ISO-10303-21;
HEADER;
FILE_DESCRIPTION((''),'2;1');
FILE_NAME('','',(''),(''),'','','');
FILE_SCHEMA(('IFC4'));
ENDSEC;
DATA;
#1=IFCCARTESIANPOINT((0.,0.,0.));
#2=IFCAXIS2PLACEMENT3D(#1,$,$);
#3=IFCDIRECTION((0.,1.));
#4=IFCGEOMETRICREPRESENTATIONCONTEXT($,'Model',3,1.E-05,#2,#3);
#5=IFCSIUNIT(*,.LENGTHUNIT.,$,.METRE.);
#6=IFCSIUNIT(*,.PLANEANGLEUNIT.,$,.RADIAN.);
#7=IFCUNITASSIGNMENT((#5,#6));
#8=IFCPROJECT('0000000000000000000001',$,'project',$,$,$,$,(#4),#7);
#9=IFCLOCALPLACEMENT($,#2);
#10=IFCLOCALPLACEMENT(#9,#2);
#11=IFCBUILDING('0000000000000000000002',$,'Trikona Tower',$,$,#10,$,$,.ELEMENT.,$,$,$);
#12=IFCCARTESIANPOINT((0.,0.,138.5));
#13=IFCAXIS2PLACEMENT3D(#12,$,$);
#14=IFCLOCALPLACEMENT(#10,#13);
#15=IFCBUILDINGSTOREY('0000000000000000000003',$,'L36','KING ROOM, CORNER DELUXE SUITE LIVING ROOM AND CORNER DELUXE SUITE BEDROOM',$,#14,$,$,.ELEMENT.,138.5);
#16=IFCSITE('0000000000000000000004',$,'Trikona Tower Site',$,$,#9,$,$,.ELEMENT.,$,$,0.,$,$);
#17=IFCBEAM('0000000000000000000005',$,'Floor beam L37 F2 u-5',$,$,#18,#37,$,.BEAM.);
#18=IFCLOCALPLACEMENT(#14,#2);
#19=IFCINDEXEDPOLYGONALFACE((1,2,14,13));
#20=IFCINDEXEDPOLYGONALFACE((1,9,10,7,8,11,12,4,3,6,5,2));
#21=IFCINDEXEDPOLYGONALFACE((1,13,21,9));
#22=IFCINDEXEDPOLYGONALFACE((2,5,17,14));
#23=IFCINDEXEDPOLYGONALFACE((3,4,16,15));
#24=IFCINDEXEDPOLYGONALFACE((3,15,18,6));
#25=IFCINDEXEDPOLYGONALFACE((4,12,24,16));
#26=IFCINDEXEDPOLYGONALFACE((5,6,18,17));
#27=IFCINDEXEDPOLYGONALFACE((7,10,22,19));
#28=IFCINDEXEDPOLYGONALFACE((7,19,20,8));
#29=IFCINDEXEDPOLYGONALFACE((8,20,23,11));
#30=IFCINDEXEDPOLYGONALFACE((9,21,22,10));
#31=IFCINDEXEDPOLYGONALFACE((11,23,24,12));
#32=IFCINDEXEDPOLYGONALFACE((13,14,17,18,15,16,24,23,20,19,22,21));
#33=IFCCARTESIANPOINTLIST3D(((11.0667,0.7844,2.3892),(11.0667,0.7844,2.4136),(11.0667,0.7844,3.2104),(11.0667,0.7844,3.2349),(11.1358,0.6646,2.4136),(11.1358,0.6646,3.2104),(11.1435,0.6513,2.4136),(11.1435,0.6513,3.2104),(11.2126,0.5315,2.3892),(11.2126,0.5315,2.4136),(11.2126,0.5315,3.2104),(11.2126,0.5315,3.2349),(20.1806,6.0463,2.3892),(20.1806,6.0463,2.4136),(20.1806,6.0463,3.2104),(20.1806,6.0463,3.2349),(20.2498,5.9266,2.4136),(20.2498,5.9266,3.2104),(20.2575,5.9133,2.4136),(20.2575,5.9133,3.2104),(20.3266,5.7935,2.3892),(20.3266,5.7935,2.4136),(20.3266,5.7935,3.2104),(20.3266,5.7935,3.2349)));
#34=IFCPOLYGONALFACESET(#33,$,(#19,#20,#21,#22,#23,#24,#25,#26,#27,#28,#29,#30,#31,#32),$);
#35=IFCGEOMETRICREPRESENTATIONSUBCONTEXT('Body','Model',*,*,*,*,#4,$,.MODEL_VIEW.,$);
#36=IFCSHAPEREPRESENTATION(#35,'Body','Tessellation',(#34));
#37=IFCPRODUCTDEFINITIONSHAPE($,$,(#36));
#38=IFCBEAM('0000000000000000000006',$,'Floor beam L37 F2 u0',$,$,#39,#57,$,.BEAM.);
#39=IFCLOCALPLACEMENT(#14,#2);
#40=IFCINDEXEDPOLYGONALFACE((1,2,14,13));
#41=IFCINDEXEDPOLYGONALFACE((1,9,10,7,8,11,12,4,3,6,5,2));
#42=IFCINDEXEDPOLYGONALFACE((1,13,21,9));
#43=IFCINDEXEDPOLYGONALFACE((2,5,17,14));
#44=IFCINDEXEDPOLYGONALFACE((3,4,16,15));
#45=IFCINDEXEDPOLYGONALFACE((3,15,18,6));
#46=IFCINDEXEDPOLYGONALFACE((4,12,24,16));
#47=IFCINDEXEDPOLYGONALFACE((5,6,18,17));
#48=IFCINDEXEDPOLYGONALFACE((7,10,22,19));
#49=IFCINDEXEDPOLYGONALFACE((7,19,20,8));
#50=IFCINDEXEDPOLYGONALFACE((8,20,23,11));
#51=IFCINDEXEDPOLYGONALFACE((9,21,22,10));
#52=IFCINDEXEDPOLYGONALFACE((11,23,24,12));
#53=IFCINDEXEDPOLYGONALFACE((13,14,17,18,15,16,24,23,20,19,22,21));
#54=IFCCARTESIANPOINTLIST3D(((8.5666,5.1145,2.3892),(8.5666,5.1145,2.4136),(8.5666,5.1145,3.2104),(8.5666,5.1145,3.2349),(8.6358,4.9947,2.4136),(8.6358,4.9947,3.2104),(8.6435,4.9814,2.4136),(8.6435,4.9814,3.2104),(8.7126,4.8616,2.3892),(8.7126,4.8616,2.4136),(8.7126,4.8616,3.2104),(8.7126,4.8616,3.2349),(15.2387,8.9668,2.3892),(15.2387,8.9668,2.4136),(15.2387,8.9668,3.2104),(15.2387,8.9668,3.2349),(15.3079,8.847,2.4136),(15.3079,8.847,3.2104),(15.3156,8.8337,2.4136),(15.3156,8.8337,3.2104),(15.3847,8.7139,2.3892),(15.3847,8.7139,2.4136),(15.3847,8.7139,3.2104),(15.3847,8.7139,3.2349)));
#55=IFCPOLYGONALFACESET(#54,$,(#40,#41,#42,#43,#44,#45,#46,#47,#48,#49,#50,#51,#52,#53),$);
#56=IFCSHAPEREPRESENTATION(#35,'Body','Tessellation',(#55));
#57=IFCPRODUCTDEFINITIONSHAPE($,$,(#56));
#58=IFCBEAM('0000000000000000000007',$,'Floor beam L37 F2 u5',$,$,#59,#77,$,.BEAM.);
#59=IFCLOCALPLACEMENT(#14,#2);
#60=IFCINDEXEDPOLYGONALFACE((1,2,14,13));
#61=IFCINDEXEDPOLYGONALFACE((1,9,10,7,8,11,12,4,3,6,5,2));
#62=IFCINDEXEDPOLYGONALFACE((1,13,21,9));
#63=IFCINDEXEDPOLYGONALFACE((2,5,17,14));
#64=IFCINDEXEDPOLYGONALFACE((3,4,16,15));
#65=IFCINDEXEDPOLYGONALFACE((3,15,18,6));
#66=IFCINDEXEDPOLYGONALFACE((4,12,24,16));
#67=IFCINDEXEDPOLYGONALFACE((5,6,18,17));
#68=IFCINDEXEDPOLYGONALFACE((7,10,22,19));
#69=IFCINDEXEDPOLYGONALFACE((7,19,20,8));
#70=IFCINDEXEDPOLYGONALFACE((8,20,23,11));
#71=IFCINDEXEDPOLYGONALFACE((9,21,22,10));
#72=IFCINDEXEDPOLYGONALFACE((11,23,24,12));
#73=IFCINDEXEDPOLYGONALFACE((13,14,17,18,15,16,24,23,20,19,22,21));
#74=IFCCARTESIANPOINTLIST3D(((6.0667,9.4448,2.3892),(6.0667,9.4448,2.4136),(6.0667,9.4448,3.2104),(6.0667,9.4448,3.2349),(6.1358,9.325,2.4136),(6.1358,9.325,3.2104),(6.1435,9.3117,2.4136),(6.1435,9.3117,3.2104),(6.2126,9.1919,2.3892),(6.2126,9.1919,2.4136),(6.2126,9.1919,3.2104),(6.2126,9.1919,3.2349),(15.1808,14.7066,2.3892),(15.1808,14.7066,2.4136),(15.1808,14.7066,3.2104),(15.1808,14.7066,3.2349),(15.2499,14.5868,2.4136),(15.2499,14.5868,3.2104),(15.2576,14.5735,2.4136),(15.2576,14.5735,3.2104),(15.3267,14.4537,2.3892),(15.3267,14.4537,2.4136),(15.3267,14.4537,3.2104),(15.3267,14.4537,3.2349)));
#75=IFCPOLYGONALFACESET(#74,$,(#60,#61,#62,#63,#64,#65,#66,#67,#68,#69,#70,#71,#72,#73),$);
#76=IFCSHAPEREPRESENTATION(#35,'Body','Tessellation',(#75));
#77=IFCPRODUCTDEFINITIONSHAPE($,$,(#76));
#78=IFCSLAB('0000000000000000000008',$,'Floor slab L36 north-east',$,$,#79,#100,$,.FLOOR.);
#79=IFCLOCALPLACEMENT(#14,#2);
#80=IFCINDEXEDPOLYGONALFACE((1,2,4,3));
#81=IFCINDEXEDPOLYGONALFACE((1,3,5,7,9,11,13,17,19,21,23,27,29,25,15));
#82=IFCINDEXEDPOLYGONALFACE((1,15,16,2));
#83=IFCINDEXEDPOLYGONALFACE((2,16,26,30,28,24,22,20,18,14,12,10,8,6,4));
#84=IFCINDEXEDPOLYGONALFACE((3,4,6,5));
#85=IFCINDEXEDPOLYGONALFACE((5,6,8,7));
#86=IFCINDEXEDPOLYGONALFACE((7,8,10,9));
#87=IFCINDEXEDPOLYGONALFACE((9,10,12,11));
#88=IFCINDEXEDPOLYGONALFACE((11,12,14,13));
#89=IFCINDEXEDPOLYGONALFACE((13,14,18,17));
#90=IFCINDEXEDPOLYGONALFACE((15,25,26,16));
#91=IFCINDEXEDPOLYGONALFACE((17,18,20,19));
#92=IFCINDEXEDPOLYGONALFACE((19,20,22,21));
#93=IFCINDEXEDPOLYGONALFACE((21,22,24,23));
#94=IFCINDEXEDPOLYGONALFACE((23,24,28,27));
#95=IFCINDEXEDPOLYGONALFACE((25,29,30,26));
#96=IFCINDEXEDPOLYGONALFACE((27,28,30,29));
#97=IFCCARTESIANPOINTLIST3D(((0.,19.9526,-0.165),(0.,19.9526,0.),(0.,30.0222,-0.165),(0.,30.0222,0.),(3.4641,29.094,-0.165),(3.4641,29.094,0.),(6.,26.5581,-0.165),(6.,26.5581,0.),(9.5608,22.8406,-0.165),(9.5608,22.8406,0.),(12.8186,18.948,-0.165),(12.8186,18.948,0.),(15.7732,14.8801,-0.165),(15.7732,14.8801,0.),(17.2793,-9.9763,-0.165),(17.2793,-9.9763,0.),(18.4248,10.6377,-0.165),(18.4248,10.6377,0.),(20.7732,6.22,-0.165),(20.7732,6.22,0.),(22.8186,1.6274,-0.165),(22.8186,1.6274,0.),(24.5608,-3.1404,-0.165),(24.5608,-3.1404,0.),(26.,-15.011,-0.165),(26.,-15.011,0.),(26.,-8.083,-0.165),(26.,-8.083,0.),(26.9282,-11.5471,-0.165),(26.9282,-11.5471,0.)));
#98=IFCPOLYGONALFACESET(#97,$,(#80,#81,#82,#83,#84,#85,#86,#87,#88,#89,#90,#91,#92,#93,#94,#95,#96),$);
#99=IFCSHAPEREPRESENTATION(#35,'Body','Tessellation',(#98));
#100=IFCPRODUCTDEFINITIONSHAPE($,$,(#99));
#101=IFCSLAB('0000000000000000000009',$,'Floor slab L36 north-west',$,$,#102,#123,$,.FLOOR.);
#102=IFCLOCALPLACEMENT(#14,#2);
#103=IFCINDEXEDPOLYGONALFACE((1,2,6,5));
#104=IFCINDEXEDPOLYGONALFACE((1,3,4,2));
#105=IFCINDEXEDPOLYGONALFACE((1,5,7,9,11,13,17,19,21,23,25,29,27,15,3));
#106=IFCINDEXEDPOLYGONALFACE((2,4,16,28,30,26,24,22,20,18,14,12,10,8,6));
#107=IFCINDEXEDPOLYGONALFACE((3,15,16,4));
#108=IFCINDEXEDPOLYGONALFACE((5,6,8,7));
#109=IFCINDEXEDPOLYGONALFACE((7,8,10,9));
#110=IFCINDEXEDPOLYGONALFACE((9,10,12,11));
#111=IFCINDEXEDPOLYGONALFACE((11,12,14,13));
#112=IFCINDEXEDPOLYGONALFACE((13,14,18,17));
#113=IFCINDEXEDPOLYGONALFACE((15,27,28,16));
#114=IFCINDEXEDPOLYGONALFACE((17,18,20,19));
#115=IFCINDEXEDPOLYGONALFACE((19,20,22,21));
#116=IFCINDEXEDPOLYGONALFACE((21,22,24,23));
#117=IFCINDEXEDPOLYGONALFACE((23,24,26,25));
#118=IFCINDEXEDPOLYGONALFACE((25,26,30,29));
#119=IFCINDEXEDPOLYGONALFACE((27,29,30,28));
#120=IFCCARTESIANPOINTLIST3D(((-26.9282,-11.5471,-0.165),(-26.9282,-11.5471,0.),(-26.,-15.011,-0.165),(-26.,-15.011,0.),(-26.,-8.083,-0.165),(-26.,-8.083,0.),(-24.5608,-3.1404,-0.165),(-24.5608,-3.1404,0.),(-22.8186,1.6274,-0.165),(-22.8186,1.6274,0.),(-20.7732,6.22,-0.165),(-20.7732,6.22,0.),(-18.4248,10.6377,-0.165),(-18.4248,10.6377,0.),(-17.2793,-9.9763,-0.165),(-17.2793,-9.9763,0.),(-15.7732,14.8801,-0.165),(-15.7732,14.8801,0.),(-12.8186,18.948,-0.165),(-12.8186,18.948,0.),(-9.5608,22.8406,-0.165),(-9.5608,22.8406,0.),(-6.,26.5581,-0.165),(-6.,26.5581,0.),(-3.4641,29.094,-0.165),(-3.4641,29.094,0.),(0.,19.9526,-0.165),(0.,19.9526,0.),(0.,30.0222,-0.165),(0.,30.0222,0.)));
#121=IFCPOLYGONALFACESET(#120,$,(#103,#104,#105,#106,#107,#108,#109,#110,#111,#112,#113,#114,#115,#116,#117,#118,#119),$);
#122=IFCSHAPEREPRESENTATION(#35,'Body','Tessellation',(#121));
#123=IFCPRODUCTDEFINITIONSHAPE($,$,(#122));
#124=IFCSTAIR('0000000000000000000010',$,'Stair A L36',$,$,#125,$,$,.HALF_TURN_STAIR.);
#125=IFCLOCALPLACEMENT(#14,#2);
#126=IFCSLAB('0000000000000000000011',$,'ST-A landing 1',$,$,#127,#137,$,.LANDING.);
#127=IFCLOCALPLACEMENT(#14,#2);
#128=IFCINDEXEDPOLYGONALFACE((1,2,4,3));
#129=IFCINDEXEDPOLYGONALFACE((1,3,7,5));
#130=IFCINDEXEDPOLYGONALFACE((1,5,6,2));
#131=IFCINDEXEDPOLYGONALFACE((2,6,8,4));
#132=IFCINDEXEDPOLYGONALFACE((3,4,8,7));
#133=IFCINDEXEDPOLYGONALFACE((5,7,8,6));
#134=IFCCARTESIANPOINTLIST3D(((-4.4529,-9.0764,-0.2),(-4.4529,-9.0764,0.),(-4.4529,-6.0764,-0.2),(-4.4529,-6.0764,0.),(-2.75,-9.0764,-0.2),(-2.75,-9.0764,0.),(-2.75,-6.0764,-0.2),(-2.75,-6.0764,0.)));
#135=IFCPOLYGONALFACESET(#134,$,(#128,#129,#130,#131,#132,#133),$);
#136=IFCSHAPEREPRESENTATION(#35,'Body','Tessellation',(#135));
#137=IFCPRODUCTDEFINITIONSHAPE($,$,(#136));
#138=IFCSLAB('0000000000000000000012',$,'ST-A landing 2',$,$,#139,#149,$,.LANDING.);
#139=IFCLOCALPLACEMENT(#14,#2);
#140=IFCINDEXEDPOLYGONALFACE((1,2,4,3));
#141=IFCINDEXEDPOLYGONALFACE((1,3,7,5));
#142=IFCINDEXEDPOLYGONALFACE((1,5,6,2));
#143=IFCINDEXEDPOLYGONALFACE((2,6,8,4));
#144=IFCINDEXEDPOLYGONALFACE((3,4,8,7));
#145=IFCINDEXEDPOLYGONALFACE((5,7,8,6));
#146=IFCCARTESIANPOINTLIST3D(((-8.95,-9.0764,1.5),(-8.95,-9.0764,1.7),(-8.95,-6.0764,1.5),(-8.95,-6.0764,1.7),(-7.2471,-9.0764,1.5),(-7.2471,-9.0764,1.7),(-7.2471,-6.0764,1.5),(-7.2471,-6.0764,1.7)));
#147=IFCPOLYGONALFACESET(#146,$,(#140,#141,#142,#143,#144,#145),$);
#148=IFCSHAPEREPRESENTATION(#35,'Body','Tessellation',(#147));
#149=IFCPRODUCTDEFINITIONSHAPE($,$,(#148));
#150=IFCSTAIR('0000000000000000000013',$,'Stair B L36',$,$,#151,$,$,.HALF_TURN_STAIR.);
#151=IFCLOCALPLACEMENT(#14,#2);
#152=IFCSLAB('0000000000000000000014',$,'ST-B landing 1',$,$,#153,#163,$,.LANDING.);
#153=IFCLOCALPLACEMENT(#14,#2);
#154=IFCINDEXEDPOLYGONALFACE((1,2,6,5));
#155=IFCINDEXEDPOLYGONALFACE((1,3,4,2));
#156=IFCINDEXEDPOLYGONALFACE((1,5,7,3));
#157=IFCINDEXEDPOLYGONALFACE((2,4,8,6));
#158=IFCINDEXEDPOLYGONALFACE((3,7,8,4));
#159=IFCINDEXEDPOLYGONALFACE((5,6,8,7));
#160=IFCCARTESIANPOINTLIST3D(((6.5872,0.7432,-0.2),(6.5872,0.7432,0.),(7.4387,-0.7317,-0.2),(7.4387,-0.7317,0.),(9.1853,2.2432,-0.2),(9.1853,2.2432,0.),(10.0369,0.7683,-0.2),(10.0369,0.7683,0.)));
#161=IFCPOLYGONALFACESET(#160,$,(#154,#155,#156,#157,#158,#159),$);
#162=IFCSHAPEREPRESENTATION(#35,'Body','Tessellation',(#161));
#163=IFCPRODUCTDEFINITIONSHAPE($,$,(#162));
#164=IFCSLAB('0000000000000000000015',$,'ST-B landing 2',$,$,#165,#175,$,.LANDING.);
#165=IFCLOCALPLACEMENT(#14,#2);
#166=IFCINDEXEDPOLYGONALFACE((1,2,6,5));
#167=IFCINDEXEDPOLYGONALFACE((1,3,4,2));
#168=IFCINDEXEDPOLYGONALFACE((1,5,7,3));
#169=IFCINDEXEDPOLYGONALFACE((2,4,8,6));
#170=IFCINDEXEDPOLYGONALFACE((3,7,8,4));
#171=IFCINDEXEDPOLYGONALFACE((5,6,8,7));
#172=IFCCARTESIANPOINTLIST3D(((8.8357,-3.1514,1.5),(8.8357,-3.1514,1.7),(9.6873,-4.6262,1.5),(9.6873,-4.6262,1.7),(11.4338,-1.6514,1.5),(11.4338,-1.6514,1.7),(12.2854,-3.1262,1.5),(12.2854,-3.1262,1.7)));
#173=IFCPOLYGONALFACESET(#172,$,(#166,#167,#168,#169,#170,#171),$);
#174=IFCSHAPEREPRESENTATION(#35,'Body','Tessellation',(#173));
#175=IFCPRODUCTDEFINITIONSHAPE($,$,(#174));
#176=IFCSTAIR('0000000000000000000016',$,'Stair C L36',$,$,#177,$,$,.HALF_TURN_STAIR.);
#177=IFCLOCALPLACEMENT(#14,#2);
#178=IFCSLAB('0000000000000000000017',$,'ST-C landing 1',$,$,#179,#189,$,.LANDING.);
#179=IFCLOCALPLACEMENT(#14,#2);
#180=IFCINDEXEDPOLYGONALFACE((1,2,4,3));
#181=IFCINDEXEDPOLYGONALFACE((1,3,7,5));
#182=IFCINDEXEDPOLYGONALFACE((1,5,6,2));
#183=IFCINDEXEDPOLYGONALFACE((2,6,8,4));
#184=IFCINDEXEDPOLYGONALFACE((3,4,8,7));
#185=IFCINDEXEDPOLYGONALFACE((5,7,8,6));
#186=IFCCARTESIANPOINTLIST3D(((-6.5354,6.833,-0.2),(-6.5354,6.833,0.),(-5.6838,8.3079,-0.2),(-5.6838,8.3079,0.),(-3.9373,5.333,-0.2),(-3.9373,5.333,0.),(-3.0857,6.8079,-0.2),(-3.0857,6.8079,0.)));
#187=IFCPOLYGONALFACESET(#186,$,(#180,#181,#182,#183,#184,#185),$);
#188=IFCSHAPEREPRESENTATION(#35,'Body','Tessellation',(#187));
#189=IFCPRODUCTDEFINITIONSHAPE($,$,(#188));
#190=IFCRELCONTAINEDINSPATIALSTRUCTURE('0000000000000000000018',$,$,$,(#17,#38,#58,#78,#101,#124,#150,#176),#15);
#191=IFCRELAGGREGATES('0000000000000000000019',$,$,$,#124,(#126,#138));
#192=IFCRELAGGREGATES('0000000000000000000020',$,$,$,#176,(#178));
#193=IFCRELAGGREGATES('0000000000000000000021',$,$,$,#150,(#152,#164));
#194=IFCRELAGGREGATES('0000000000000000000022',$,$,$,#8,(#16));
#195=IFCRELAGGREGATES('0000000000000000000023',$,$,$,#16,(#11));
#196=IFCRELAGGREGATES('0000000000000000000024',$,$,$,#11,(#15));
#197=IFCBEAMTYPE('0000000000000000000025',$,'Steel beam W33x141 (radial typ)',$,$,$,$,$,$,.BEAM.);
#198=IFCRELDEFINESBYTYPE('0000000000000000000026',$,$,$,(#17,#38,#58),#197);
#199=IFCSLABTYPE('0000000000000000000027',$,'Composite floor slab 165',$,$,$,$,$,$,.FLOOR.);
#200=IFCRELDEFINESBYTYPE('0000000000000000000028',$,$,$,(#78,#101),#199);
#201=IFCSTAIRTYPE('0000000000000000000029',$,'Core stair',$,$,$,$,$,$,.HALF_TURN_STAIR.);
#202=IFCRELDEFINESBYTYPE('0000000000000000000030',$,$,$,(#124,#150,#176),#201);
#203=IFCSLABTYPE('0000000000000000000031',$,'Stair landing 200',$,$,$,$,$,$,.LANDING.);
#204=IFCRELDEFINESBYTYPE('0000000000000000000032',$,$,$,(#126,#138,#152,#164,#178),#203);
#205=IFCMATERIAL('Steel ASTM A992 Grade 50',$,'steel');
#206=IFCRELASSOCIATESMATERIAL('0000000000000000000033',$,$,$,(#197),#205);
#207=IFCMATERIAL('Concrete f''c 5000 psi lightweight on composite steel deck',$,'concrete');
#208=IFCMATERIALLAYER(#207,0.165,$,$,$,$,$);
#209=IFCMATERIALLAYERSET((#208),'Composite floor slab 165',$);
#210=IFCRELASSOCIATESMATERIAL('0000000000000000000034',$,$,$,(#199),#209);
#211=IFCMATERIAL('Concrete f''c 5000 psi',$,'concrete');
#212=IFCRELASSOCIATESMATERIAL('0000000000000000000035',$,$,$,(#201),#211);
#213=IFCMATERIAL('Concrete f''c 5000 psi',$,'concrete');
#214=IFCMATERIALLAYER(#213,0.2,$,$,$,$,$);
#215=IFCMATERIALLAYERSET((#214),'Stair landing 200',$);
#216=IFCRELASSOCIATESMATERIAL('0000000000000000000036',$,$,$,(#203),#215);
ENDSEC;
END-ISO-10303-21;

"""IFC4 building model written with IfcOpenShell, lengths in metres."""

from ifc_helpers import new_model, si_unit, direction, frame, origin, origin_2d, place, context, subcontext, project, spatial, polyline, i_section, outline, extrude, material, layer, layer_set, material_profile, profile_set, type_object, element, aggregate, save


model = new_model("IFC4")

# Units and contexts
model_context = context("Model", 3, precision=1e-05, world=origin(), true_north=direction((0.0, 1.0)))
body_context = subcontext(model_context, "Body", "Model", "MODEL_VIEW")
ifc_project = project(units=[si_unit("LENGTHUNIT", "METRE"), si_unit("PLANEANGLEUNIT", "RADIAN")], contexts=[model_context])

# Site, building, storey
site_placement = place(None, origin())
site = spatial("IfcSite", under=ifc_project, at=site_placement, Name="Trikona Tower Site", CompositionType="ELEMENT", RefElevation=0.0)
building_placement = place(site_placement, origin())
building = spatial("IfcBuilding", under=site, at=building_placement, Name="Trikona Tower", CompositionType="ELEMENT")
storey_placement = place(building_placement, frame((0.0, 0.0, 138.5)))
storey = spatial("IfcBuildingStorey", under=building, at=storey_placement, Name="L36", Description="KING ROOM, CORNER DELUXE SUITE LIVING ROOM AND CORNER DELUXE SUITE BEDROOM", CompositionType="ELEMENT", Elevation=138.5)

# Beams
ifc_material_1 = material(Name="Steel ASTM A992 Grade 50", Category="steel")
ifc_material_profile = material_profile(ifc_material_1, i_section(OverallWidth=0.292, OverallDepth=0.8457, WebThickness=0.0154, FlangeThickness=0.0244, at=origin_2d()), Name="W33X141")
ifc_profile_set = profile_set([ifc_material_profile], Name="Steel ASTM A992 Grade 50")
beam_type = type_object("IfcBeamType", Name="Steel beam W33x141 (radial typ)", PredefinedType="BEAM", material=ifc_profile_set)
beam_1_placement = place(storey_placement, frame((11.1396, 0.658, 2.812), z_axis=(0.866026, 0.499999, 0.0), x_axis=(-0.499999, 0.866026, 0.0)))
element("IfcBeam", 1, at=beam_1_placement, inside=storey, type_object=beam_type, Name="Floor beam L37 F2 u-5", PredefinedType="BEAM", context=body_context, shape_type="SweptSolid", body=[
    extrude(i_section(OverallWidth=0.292, OverallDepth=0.8457, WebThickness=0.0154, FlangeThickness=0.0244, at=origin_2d()), origin(), (0.0, 0.0, 1.0), 10.5239),
])
beam_2_placement = place(storey_placement, frame((8.6396, 4.988, 2.812), z_axis=(0.866017, 0.500014, 0.0), x_axis=(-0.500014, 0.866017, 0.0)))
element("IfcBeam", 2, at=beam_2_placement, inside=storey, type_object=beam_type, Name="Floor beam L37 F2 u0", PredefinedType="BEAM", context=body_context, shape_type="SweptSolid", body=[
    extrude(i_section(OverallWidth=0.292, OverallDepth=0.8457, WebThickness=0.0154, FlangeThickness=0.0244, at=origin_2d()), origin(), (0.0, 0.0, 1.0), 7.7043),
])
beam_3_placement = place(storey_placement, frame((6.1396, 9.3184, 2.812), z_axis=(0.866036, 0.499982, 0.0), x_axis=(-0.499982, 0.866036, 0.0)))
element("IfcBeam", 3, at=beam_3_placement, inside=storey, type_object=beam_type, Name="Floor beam L37 F2 u5", PredefinedType="BEAM", context=body_context, shape_type="SweptSolid", body=[
    extrude(i_section(OverallWidth=0.292, OverallDepth=0.8457, WebThickness=0.0154, FlangeThickness=0.0244, at=origin_2d()), origin(), (0.0, 0.0, 1.0), 10.5239),
])

# Slabs
ifc_material_2 = material(Name="Concrete f'c 5000 psi lightweight on composite steel deck", Category="concrete")
ifc_layer_1 = layer(ifc_material_2, 0.165)
ifc_layer_set_1 = layer_set([ifc_layer_1], Name="Composite floor slab 165")
slab_type_1 = type_object("IfcSlabType", Name="Composite floor slab 165", PredefinedType="FLOOR", material=ifc_layer_set_1)
slab_1_placement = place(storey_placement, frame((0.0, 0.0, -0.165)))
element("IfcSlab", 4, at=slab_1_placement, inside=storey, type_object=slab_type_1, Name="Floor slab L36 north-east", PredefinedType="FLOOR", context=body_context, shape_type="SweptSolid", body=[
    extrude(outline(polyline([(3.4641, 29.094), (0.0, 30.0222), (0.0, 19.9526), (17.2793, -9.9763), (26.0, -15.011), (26.9282, -11.5471), (26.0, -8.083), (24.5608, -3.1404), (22.8186, 1.6274), (20.7732, 6.22), (18.4248, 10.6377), (15.7732, 14.8801), (12.8186, 18.948), (9.5608, 22.8406), (6.0, 26.5581), (3.4641, 29.094)])), origin(), (0.0, 0.0, 1.0), 0.165),
])
slab_2_placement = place(storey_placement, frame((0.0, 0.0, -0.165)))
element("IfcSlab", 5, at=slab_2_placement, inside=storey, type_object=slab_type_1, Name="Floor slab L36 north-west", PredefinedType="FLOOR", context=body_context, shape_type="SweptSolid", body=[
    extrude(outline(polyline([(0.0, 19.9526), (0.0, 30.0222), (-3.4641, 29.094), (-6.0, 26.5581), (-9.5608, 22.8406), (-12.8186, 18.948), (-15.7732, 14.8801), (-18.4248, 10.6377), (-20.7732, 6.22), (-22.8186, 1.6274), (-24.5608, -3.1404), (-26.0, -8.083), (-26.9282, -11.5471), (-26.0, -15.011), (-17.2793, -9.9763), (0.0, 19.9526)])), origin(), (0.0, 0.0, 1.0), 0.165),
])

# Stairs, slabs
ifc_material_3 = material(Name="Concrete f'c 5000 psi", Category="concrete")
stair_type = type_object("IfcStairType", Name="Core stair", PredefinedType="HALF_TURN_STAIR", material=ifc_material_3)
stair_1_placement = place(storey_placement, origin())
stair_1 = element("IfcStair", 6, at=stair_1_placement, inside=storey, type_object=stair_type, Name="Stair A L36", PredefinedType="HALF_TURN_STAIR")
ifc_material_4 = material(Name="Concrete f'c 5000 psi", Category="concrete")
ifc_layer_2 = layer(ifc_material_4, 0.2)
ifc_layer_set_2 = layer_set([ifc_layer_2], Name="Stair landing 200")
slab_type_2 = type_object("IfcSlabType", Name="Stair landing 200", PredefinedType="LANDING", material=ifc_layer_set_2)
slab_3_placement = place(storey_placement, frame((0.0, 0.0, -0.2)))
slab_3 = element("IfcSlab", 7, at=slab_3_placement, type_object=slab_type_2, Name="ST-A landing 1", PredefinedType="LANDING", context=body_context, shape_type="SweptSolid", body=[
    extrude(outline(polyline([(-4.4529, -6.0764), (-2.75, -6.0764), (-2.75, -9.0764), (-4.4529, -9.0764), (-4.4529, -6.0764)])), origin(), (0.0, 0.0, 1.0), 0.2),
])
slab_4_placement = place(storey_placement, frame((0.0, 0.0, 1.5)))
slab_4 = element("IfcSlab", 8, at=slab_4_placement, type_object=slab_type_2, Name="ST-A landing 2", PredefinedType="LANDING", context=body_context, shape_type="SweptSolid", body=[
    extrude(outline(polyline([(-8.95, -6.0764), (-7.2471, -6.0764), (-7.2471, -9.0764), (-8.95, -9.0764), (-8.95, -6.0764)])), origin(), (0.0, 0.0, 1.0), 0.2),
])
aggregate(stair_1, [slab_3, slab_4])
stair_2_placement = place(storey_placement, origin())
stair_2 = element("IfcStair", 9, at=stair_2_placement, inside=storey, type_object=stair_type, Name="Stair B L36", PredefinedType="HALF_TURN_STAIR")
slab_5_placement = place(storey_placement, frame((0.0, 0.0, -0.2)))
slab_5 = element("IfcSlab", 10, at=slab_5_placement, type_object=slab_type_2, Name="ST-B landing 1", PredefinedType="LANDING", context=body_context, shape_type="SweptSolid", body=[
    extrude(outline(polyline([(7.4387, -0.7317), (6.5872, 0.7432), (9.1853, 2.2432), (10.0369, 0.7683), (7.4387, -0.7317)])), origin(), (0.0, 0.0, 1.0), 0.2),
])
slab_6_placement = place(storey_placement, frame((0.0, 0.0, 1.5)))
slab_6 = element("IfcSlab", 11, at=slab_6_placement, type_object=slab_type_2, Name="ST-B landing 2", PredefinedType="LANDING", context=body_context, shape_type="SweptSolid", body=[
    extrude(outline(polyline([(9.6873, -4.6262), (8.8357, -3.1514), (11.4338, -1.6514), (12.2854, -3.1262), (9.6873, -4.6262)])), origin(), (0.0, 0.0, 1.0), 0.2),
])
stair_3_placement = place(storey_placement, origin())
stair_3 = element("IfcStair", 12, at=stair_3_placement, inside=storey, type_object=stair_type, Name="Stair C L36", PredefinedType="HALF_TURN_STAIR")
slab_7_placement = place(storey_placement, frame((0.0, 0.0, -0.2)))
slab_7 = element("IfcSlab", 13, at=slab_7_placement, type_object=slab_type_2, Name="ST-C landing 1", PredefinedType="LANDING", context=body_context, shape_type="SweptSolid", body=[
    extrude(outline(polyline([(-3.0857, 6.8079), (-3.9373, 5.333), (-6.5354, 6.833), (-5.6838, 8.3079), (-3.0857, 6.8079)])), origin(), (0.0, 0.0, 1.0), 0.2),
])
aggregate(stair_3, [slab_7])

aggregate(stair_2, [slab_5, slab_6])

save(model, "model.ifc")
